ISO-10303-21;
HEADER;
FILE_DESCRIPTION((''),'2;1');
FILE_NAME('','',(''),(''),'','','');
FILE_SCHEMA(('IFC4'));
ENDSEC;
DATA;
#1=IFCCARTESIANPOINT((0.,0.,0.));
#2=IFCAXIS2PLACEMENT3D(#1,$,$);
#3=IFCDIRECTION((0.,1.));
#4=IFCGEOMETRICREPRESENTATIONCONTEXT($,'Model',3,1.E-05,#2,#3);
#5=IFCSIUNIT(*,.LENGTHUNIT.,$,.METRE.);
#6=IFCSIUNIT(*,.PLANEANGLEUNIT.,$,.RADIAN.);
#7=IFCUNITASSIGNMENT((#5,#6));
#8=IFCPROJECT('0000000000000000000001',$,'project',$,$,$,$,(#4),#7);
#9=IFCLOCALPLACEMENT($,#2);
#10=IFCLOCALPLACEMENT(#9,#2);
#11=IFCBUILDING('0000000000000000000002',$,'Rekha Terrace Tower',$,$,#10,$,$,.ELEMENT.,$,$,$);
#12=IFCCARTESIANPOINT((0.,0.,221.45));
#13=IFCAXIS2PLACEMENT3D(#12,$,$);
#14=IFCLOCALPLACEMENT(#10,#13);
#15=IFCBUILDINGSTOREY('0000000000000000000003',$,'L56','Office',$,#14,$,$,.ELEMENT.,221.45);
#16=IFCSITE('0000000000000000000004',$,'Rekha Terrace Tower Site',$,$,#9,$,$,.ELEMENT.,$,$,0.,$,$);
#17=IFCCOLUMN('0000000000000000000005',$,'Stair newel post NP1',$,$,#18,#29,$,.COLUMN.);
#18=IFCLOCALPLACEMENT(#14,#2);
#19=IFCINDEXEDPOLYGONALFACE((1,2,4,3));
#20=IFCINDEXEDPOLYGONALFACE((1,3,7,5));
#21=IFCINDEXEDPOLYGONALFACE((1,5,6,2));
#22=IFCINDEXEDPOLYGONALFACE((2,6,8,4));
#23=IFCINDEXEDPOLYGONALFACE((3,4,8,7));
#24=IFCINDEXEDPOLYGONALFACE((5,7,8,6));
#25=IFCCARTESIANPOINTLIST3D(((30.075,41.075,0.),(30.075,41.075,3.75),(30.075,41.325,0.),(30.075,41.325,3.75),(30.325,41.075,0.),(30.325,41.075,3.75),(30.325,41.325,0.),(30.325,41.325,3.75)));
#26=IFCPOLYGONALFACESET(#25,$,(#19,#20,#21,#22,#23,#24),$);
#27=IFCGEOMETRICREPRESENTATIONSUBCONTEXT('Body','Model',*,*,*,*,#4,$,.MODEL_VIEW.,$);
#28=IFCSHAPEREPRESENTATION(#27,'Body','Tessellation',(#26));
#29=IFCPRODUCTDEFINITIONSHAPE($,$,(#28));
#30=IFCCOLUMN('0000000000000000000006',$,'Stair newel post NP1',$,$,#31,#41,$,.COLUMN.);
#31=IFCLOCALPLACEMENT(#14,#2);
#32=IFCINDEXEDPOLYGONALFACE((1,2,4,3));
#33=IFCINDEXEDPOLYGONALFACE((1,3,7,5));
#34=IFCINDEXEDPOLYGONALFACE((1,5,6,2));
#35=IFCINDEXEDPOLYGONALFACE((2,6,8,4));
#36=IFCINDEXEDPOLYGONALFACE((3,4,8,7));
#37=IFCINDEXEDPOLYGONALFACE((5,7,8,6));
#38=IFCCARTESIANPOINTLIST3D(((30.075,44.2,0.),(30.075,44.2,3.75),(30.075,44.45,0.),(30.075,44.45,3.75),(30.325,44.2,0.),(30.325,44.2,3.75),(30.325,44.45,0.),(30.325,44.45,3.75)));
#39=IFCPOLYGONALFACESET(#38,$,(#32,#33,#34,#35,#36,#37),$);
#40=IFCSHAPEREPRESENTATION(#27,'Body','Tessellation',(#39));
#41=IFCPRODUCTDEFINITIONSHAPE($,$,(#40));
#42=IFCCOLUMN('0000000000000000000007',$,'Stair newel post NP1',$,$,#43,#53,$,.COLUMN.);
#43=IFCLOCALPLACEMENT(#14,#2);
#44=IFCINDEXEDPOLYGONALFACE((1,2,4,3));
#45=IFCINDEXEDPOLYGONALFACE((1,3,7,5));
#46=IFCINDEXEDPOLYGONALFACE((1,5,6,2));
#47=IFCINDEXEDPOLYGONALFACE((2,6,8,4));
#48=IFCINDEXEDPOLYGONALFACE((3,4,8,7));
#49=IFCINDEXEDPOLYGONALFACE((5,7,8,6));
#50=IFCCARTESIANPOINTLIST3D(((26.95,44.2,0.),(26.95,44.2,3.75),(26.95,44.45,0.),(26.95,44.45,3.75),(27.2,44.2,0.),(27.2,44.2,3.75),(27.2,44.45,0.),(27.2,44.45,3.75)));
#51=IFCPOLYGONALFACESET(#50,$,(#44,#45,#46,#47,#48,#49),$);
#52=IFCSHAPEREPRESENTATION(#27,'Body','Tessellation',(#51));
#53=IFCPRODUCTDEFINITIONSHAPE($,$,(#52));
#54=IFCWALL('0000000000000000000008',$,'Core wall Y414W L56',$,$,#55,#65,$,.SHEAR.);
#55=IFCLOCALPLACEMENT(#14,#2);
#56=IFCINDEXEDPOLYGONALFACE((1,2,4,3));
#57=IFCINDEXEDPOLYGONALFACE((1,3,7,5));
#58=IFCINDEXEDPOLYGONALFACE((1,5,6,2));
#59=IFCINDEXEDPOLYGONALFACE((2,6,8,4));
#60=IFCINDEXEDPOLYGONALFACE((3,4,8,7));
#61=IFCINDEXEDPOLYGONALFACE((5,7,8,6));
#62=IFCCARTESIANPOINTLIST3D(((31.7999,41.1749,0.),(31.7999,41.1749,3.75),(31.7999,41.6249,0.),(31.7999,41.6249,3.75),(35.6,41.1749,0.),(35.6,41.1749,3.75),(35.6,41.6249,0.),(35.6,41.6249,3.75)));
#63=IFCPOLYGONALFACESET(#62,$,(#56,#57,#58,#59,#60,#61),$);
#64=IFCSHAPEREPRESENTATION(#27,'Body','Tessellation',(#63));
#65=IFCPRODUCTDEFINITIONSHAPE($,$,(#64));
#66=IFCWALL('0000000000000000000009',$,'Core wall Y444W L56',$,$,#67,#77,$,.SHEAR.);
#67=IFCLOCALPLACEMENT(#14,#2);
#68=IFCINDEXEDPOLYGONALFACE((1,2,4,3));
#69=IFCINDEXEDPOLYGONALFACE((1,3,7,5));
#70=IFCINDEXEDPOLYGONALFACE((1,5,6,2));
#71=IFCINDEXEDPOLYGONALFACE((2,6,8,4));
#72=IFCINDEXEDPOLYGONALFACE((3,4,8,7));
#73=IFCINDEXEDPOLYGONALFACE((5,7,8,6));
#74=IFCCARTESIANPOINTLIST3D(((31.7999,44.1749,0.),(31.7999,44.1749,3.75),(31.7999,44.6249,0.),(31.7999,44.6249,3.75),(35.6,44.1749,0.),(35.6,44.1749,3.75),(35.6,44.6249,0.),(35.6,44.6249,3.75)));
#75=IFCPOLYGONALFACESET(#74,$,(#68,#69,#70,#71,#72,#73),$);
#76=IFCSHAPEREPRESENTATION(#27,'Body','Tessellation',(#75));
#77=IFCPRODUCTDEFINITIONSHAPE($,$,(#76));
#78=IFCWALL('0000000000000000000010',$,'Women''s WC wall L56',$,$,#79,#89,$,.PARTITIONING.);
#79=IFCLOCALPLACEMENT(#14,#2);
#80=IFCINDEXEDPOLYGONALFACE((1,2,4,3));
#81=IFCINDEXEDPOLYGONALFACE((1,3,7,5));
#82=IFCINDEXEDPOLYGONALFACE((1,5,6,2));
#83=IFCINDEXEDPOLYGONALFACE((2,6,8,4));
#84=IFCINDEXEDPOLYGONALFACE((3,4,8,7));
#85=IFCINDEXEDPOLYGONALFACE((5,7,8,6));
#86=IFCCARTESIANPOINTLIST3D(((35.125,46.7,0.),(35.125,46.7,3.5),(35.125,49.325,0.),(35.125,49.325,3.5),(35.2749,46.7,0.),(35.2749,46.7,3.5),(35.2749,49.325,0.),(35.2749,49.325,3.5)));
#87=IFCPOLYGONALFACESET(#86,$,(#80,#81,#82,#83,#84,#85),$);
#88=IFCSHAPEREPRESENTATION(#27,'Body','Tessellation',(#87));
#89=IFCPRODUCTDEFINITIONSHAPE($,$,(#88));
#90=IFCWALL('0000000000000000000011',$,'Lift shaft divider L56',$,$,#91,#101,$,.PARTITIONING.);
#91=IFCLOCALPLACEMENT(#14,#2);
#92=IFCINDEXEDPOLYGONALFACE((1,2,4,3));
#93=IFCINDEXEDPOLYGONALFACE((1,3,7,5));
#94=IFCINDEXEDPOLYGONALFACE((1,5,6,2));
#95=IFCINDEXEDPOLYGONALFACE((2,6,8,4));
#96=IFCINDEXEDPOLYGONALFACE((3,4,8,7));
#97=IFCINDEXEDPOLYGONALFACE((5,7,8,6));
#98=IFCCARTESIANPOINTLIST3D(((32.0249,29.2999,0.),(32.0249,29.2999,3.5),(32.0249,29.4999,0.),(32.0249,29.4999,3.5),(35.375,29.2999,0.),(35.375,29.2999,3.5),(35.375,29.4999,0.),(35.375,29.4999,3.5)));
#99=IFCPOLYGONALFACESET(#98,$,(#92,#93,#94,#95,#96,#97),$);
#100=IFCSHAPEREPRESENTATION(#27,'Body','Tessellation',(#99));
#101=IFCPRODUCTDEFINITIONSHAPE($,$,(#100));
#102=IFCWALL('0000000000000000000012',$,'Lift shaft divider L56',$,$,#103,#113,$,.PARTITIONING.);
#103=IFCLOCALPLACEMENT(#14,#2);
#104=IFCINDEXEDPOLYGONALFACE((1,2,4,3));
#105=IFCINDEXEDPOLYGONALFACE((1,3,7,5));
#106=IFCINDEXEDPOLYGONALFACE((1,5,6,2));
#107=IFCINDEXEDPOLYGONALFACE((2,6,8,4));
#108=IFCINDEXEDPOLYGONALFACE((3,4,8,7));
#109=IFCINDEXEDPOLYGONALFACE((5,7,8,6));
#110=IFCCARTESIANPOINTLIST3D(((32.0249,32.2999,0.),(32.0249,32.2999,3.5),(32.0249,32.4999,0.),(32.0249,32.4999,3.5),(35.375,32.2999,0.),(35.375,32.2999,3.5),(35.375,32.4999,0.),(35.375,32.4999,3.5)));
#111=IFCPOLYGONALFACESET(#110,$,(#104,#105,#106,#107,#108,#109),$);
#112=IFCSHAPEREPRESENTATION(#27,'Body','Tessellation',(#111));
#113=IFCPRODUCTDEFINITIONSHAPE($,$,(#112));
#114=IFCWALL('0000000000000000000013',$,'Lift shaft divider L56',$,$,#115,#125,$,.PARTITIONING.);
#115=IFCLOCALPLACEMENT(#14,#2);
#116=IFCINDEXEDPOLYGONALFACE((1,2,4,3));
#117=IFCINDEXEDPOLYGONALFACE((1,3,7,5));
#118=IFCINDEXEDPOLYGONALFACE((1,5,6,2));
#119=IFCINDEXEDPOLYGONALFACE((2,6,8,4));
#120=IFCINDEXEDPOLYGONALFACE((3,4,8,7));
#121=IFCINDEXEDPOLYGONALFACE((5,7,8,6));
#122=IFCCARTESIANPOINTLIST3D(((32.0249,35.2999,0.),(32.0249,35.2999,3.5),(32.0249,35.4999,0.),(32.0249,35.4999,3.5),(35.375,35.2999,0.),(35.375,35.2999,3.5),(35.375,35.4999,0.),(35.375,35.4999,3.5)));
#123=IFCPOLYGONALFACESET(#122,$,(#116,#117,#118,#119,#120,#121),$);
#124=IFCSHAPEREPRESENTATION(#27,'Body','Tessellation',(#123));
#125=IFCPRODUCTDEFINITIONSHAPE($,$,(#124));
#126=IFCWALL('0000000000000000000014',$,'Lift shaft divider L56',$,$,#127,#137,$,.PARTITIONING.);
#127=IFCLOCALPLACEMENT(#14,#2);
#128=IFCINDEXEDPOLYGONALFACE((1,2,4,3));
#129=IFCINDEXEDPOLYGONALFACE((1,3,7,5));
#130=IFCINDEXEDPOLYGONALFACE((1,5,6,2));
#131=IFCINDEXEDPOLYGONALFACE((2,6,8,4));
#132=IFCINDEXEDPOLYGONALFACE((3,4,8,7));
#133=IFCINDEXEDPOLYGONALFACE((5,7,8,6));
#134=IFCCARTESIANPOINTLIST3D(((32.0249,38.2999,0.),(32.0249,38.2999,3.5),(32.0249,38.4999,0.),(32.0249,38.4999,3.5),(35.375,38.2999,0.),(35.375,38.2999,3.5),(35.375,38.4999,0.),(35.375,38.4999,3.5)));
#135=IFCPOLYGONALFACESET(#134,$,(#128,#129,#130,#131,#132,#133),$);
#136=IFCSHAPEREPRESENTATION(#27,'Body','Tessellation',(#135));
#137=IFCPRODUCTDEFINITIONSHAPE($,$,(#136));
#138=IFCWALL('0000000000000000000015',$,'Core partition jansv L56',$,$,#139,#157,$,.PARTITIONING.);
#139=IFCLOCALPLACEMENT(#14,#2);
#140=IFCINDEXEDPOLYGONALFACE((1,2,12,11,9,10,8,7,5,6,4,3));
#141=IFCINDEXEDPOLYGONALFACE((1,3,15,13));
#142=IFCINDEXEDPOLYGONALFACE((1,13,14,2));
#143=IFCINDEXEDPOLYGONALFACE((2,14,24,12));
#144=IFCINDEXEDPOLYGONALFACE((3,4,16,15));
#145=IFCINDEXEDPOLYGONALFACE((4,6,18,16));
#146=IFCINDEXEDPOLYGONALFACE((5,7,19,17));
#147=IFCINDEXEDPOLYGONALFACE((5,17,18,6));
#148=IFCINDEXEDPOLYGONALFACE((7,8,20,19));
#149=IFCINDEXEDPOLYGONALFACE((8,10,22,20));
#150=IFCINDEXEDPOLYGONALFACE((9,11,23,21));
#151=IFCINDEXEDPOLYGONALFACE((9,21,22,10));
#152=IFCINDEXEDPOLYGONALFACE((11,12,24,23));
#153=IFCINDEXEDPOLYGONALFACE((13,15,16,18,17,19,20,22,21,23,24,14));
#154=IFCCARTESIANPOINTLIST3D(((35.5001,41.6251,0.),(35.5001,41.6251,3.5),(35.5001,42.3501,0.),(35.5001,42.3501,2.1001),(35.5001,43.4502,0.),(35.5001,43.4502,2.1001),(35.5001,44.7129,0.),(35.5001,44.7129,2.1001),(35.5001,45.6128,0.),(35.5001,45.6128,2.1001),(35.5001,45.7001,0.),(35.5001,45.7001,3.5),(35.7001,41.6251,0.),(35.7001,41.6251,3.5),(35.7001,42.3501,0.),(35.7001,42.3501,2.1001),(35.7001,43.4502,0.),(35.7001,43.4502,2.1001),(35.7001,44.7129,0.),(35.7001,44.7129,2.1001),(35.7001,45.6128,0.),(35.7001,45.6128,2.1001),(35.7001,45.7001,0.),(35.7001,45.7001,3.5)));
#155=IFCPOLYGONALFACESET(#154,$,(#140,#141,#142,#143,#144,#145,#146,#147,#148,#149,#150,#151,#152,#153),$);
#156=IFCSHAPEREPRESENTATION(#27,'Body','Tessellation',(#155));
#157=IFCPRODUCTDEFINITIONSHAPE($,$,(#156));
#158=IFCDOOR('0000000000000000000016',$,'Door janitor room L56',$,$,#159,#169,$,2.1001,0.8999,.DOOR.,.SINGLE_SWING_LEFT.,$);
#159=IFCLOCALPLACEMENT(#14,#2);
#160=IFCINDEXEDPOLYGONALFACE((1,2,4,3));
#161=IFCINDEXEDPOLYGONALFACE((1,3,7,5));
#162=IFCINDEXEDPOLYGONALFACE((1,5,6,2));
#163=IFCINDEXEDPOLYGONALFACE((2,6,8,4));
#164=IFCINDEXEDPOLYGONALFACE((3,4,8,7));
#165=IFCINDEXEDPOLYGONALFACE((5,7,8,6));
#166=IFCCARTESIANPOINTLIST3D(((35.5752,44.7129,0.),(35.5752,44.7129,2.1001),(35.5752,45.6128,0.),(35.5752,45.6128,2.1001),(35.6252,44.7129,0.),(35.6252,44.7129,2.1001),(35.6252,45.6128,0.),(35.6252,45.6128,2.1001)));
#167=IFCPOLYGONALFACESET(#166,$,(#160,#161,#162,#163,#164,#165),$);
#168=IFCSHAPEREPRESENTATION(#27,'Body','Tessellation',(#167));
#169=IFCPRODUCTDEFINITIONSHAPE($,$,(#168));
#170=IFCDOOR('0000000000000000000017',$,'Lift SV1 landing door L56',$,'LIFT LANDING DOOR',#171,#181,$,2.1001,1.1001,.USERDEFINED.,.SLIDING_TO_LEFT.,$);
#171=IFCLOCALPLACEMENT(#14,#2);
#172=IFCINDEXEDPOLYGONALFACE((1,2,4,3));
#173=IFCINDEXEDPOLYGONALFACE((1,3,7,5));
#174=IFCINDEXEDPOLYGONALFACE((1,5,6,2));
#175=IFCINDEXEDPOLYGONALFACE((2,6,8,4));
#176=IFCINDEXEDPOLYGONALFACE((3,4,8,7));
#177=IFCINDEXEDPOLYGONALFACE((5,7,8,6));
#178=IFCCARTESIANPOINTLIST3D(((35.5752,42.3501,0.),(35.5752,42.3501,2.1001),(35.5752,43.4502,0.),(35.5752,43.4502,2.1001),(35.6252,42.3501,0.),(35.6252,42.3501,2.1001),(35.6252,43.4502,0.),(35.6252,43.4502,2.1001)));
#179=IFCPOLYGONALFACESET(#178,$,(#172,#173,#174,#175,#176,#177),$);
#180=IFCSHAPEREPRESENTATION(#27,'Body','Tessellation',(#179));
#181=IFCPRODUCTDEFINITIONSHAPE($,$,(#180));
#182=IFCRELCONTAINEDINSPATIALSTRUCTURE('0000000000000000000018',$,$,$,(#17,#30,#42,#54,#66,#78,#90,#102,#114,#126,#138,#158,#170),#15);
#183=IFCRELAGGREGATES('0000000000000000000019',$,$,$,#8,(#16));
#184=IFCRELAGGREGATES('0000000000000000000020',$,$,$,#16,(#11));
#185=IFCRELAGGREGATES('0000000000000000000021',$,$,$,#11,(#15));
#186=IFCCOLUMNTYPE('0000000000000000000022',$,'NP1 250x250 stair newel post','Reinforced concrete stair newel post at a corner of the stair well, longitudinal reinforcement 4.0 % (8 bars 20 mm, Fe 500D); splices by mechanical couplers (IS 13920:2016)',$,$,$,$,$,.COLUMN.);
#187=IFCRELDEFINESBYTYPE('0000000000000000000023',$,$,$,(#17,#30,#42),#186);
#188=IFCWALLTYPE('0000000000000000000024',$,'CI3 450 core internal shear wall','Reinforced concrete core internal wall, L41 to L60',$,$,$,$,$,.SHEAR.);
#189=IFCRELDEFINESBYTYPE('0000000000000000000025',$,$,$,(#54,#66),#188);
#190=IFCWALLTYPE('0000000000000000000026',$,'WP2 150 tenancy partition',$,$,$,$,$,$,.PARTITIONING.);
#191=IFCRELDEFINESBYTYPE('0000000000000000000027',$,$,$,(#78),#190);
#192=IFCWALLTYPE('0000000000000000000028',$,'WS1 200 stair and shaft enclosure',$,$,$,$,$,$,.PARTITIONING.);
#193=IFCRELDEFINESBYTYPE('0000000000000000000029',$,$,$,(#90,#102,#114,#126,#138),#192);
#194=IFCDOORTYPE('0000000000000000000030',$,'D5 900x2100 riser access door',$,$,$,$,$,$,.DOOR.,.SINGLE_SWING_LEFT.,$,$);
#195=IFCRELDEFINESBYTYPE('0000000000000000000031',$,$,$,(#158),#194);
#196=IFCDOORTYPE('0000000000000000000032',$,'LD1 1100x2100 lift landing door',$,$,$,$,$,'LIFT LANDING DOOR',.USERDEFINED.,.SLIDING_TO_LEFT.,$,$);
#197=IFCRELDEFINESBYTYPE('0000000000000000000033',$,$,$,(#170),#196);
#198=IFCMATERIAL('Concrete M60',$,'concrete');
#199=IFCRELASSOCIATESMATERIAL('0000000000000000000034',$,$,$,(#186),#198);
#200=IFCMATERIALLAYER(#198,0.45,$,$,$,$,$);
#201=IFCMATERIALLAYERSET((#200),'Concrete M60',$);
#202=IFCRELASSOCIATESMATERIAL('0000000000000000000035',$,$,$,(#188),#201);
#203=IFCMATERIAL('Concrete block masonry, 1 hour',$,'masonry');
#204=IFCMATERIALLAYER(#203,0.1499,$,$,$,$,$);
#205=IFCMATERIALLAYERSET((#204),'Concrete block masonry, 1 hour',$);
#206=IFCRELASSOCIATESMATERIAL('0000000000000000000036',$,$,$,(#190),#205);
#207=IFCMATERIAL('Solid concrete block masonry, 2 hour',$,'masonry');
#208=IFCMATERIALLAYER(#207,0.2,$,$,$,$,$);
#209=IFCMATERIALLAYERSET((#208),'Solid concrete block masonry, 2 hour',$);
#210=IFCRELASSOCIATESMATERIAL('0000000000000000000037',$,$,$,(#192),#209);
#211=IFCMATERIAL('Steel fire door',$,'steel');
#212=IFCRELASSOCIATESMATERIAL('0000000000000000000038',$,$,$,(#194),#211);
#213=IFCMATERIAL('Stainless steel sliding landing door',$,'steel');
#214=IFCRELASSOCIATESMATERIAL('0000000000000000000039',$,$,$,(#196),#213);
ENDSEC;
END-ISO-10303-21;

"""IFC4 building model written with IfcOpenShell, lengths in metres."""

from ifc_helpers import new_model, si_unit, direction, frame, frame_2d, origin, origin_2d, place, context, subcontext, project, spatial, rectangle, extrude, material, layer, layer_set, material_profile, profile_set, type_object, element, fill, save


model = new_model("IFC4")

# Units and contexts
model_context = context("Model", 3, precision=1e-05, world=origin(), true_north=direction((0.0, 1.0)))
body_context = subcontext(model_context, "Body", "Model", "MODEL_VIEW")
ifc_project = project(units=[si_unit("LENGTHUNIT", "METRE"), si_unit("PLANEANGLEUNIT", "RADIAN")], contexts=[model_context])

# Site, building, storey
site_placement = place(None, origin())
site = spatial("IfcSite", under=ifc_project, at=site_placement, Name="Rekha Terrace Tower Site", CompositionType="ELEMENT", RefElevation=0.0)
building_placement = place(site_placement, origin())
building = spatial("IfcBuilding", under=site, at=building_placement, Name="Rekha Terrace Tower", CompositionType="ELEMENT")
storey_placement = place(building_placement, frame((0.0, 0.0, 221.45)))
storey = spatial("IfcBuildingStorey", under=building, at=storey_placement, Name="L56", Description="Office", CompositionType="ELEMENT", Elevation=221.45)

# Columns
ifc_material_1 = material(Name="Concrete M60", Category="concrete")
ifc_material_profile = material_profile(ifc_material_1, rectangle(XDim=0.25, YDim=0.25, at=origin_2d()), Name="RC 250x250")
ifc_profile_set = profile_set([ifc_material_profile], Name="Concrete M60")
column_type = type_object("IfcColumnType", Name="NP1 250x250 stair newel post", Description="Reinforced concrete stair newel post at a corner of the stair well, longitudinal reinforcement 4.0 % (8 bars 20 mm, Fe 500D); splices by mechanical couplers (IS 13920:2016)", PredefinedType="COLUMN", material=ifc_profile_set)
for number, where, z_axis, x_axis, name in (
    (1, (30.2, 41.2, 0.0), (0.0, 0.0, 1.0), (1.0, 0.0, 0.0), "Stair newel post NP1"),
    (2, (30.2, 44.325, 0.0), (0.0, 0.0, 1.0), (1.0, 0.0, 0.0), "Stair newel post NP1"),
    (3, (27.075, 44.325, 0.0), (0.0, 0.0, 1.0), (1.0, 0.0, 0.0), "Stair newel post NP1"),
):
    element("IfcColumn", number, at=place(storey_placement, frame(where, z_axis=z_axis, x_axis=x_axis)), inside=storey, type_object=column_type, Name=name, PredefinedType="COLUMN", context=body_context, shape_type="SweptSolid", body=[
        extrude(rectangle(XDim=0.25, YDim=0.25, at=origin_2d()), origin(), (0.0, 0.0, 1.0), 3.75),
    ])

# Walls
ifc_layer_1 = layer(ifc_material_1, 0.45)
ifc_layer_set_1 = layer_set([ifc_layer_1], Name="Concrete M60")
wall_type_1 = type_object("IfcWallType", Name="CI3 450 core internal shear wall", Description="Reinforced concrete core internal wall, L41 to L60", PredefinedType="SHEAR", material=ifc_layer_set_1)
for number, where, z_axis, x_axis, name in (
    (4, (31.8, 41.3999, 0.0), (0.0, 0.0, 1.0), (1.0, 0.0, 0.0), "Core wall Y414W L56"),
    (5, (31.8, 44.3999, 0.0), (0.0, 0.0, 1.0), (1.0, 0.0, 0.0), "Core wall Y444W L56"),
):
    element("IfcWall", number, at=place(storey_placement, frame(where, z_axis=z_axis, x_axis=x_axis)), inside=storey, type_object=wall_type_1, Name=name, PredefinedType="SHEAR", context=body_context, shape_type="SweptSolid", body=[
        extrude(rectangle(XDim=3.8, YDim=0.45, at=frame_2d((1.8999, 0.0))), origin(), (0.0, 0.0, 1.0), 3.75),
    ])
ifc_material_2 = material(Name="Concrete block masonry, 1 hour", Category="masonry")
ifc_layer_2 = layer(ifc_material_2, 0.1499)
ifc_layer_set_2 = layer_set([ifc_layer_2], Name="Concrete block masonry, 1 hour")
wall_type_2 = type_object("IfcWallType", Name="WP2 150 tenancy partition", PredefinedType="PARTITIONING", material=ifc_layer_set_2)
wall_1_placement = place(storey_placement, frame((35.2, 46.7, 0.0), z_axis=(0.0, 0.0, 1.0), x_axis=(0.0, 1.0, 0.0)))
element("IfcWall", 6, at=wall_1_placement, inside=storey, type_object=wall_type_2, Name="Women's WC wall L56", PredefinedType="PARTITIONING", context=body_context, shape_type="SweptSolid", body=[
    extrude(rectangle(XDim=2.625, YDim=0.1499, at=frame_2d((1.3125, 0.0))), origin(), (0.0, 0.0, 1.0), 3.5),
])
ifc_material_3 = material(Name="Solid concrete block masonry, 2 hour", Category="masonry")
ifc_layer_3 = layer(ifc_material_3, 0.2)
ifc_layer_set_3 = layer_set([ifc_layer_3], Name="Solid concrete block masonry, 2 hour")
wall_type_3 = type_object("IfcWallType", Name="WS1 200 stair and shaft enclosure", PredefinedType="PARTITIONING", material=ifc_layer_set_3)
for number, where, z_axis, x_axis, name in (
    (7, (32.0249, 29.3999, 0.0), (0.0, 0.0, 1.0), (1.0, 0.0, 0.0), "Lift shaft divider L56"),
    (8, (32.0249, 32.3999, 0.0), (0.0, 0.0, 1.0), (1.0, 0.0, 0.0), "Lift shaft divider L56"),
    (9, (32.0249, 35.3999, 0.0), (0.0, 0.0, 1.0), (1.0, 0.0, 0.0), "Lift shaft divider L56"),
    (10, (32.0249, 38.3999, 0.0), (0.0, 0.0, 1.0), (1.0, 0.0, 0.0), "Lift shaft divider L56"),
):
    element("IfcWall", number, at=place(storey_placement, frame(where, z_axis=z_axis, x_axis=x_axis)), inside=storey, type_object=wall_type_3, Name=name, PredefinedType="PARTITIONING", context=body_context, shape_type="SweptSolid", body=[
        extrude(rectangle(XDim=3.3501, YDim=0.2, at=frame_2d((1.675, 0.0))), origin(), (0.0, 0.0, 1.0), 3.5),
    ])

# Wall, openings, doors
wall_2_placement = place(storey_placement, frame((35.6001, 41.625, 0.0), z_axis=(0.0, 0.0, 1.0), x_axis=(0.0, 1.0, 0.0)))
wall_2 = element("IfcWall", 11, at=wall_2_placement, inside=storey, type_object=wall_type_3, Name="Core partition jansv L56", PredefinedType="PARTITIONING", context=body_context, shape_type="SweptSolid", body=[
    extrude(rectangle(XDim=4.075, YDim=0.2, at=frame_2d((2.0376, 0.0))), origin(), (0.0, 0.0, 1.0), 3.5),
])
opening_1_placement = place(wall_2_placement, frame((3.0879, 0.0, 0.0)))
opening_1 = element("IfcOpeningElement", 12, at=opening_1_placement, cuts=wall_2, PredefinedType="OPENING", context=body_context, shape_type="SweptSolid", body=[
    extrude(rectangle(XDim=0.8999, YDim=2.1001, at=frame_2d((0.45, 1.05))), frame((0.0, 0.1099, 0.0), z_axis=(0.0, -1.0, 0.0), x_axis=(1.0, 0.0, 0.0)), (0.0, 0.0, 1.0), 0.22),
])
opening_2_placement = place(wall_2_placement, frame((0.7251, 0.0, 0.0)))
opening_2 = element("IfcOpeningElement", 13, at=opening_2_placement, cuts=wall_2, PredefinedType="OPENING", context=body_context, shape_type="SweptSolid", body=[
    extrude(rectangle(XDim=1.1001, YDim=2.1001, at=frame_2d((0.55, 1.05))), frame((0.0, 0.1099, 0.0), z_axis=(0.0, -1.0, 0.0), x_axis=(1.0, 0.0, 0.0)), (0.0, 0.0, 1.0), 0.22),
])
ifc_material_4 = material(Name="Steel fire door", Category="steel")
door_type_1 = type_object("IfcDoorType", Name="D5 900x2100 riser access door", OperationType="SINGLE_SWING_LEFT", PredefinedType="DOOR", material=ifc_material_4)
door_1_placement = place(opening_1_placement, origin())
door_1 = element("IfcDoor", 14, at=door_1_placement, inside=storey, type_object=door_type_1, Name="Door janitor room L56", OperationType="SINGLE_SWING_LEFT", OverallHeight=2.1001, OverallWidth=0.8999, PredefinedType="DOOR", context=body_context, shape_type="SweptSolid", body=[
    extrude(rectangle(XDim=0.8999, YDim=2.1001, at=frame_2d((0.45, 1.05))), frame((0.0, 0.0249, 0.0), z_axis=(0.0, -1.0, 0.0), x_axis=(1.0, 0.0, 0.0)), (0.0, 0.0, 1.0), 0.05),
])
fill(opening_1, door_1)
ifc_material_5 = material(Name="Stainless steel sliding landing door", Category="steel")
door_type_2 = type_object("IfcDoorType", Name="LD1 1100x2100 lift landing door", ElementType="LIFT LANDING DOOR", OperationType="SLIDING_TO_LEFT", PredefinedType="USERDEFINED", material=ifc_material_5)
door_2_placement = place(opening_2_placement, origin())
door_2 = element("IfcDoor", 15, at=door_2_placement, inside=storey, type_object=door_type_2, Name="Lift SV1 landing door L56", ObjectType="LIFT LANDING DOOR", OperationType="SLIDING_TO_LEFT", OverallHeight=2.1001, OverallWidth=1.1001, PredefinedType="USERDEFINED", context=body_context, shape_type="SweptSolid", body=[
    extrude(rectangle(XDim=1.1001, YDim=2.1001, at=frame_2d((0.55, 1.05))), frame((0.0, 0.0249, 0.0), z_axis=(0.0, -1.0, 0.0), x_axis=(1.0, 0.0, 0.0)), (0.0, 0.0, 1.0), 0.05),
])
fill(opening_2, door_2)

save(model, "model.ifc")
